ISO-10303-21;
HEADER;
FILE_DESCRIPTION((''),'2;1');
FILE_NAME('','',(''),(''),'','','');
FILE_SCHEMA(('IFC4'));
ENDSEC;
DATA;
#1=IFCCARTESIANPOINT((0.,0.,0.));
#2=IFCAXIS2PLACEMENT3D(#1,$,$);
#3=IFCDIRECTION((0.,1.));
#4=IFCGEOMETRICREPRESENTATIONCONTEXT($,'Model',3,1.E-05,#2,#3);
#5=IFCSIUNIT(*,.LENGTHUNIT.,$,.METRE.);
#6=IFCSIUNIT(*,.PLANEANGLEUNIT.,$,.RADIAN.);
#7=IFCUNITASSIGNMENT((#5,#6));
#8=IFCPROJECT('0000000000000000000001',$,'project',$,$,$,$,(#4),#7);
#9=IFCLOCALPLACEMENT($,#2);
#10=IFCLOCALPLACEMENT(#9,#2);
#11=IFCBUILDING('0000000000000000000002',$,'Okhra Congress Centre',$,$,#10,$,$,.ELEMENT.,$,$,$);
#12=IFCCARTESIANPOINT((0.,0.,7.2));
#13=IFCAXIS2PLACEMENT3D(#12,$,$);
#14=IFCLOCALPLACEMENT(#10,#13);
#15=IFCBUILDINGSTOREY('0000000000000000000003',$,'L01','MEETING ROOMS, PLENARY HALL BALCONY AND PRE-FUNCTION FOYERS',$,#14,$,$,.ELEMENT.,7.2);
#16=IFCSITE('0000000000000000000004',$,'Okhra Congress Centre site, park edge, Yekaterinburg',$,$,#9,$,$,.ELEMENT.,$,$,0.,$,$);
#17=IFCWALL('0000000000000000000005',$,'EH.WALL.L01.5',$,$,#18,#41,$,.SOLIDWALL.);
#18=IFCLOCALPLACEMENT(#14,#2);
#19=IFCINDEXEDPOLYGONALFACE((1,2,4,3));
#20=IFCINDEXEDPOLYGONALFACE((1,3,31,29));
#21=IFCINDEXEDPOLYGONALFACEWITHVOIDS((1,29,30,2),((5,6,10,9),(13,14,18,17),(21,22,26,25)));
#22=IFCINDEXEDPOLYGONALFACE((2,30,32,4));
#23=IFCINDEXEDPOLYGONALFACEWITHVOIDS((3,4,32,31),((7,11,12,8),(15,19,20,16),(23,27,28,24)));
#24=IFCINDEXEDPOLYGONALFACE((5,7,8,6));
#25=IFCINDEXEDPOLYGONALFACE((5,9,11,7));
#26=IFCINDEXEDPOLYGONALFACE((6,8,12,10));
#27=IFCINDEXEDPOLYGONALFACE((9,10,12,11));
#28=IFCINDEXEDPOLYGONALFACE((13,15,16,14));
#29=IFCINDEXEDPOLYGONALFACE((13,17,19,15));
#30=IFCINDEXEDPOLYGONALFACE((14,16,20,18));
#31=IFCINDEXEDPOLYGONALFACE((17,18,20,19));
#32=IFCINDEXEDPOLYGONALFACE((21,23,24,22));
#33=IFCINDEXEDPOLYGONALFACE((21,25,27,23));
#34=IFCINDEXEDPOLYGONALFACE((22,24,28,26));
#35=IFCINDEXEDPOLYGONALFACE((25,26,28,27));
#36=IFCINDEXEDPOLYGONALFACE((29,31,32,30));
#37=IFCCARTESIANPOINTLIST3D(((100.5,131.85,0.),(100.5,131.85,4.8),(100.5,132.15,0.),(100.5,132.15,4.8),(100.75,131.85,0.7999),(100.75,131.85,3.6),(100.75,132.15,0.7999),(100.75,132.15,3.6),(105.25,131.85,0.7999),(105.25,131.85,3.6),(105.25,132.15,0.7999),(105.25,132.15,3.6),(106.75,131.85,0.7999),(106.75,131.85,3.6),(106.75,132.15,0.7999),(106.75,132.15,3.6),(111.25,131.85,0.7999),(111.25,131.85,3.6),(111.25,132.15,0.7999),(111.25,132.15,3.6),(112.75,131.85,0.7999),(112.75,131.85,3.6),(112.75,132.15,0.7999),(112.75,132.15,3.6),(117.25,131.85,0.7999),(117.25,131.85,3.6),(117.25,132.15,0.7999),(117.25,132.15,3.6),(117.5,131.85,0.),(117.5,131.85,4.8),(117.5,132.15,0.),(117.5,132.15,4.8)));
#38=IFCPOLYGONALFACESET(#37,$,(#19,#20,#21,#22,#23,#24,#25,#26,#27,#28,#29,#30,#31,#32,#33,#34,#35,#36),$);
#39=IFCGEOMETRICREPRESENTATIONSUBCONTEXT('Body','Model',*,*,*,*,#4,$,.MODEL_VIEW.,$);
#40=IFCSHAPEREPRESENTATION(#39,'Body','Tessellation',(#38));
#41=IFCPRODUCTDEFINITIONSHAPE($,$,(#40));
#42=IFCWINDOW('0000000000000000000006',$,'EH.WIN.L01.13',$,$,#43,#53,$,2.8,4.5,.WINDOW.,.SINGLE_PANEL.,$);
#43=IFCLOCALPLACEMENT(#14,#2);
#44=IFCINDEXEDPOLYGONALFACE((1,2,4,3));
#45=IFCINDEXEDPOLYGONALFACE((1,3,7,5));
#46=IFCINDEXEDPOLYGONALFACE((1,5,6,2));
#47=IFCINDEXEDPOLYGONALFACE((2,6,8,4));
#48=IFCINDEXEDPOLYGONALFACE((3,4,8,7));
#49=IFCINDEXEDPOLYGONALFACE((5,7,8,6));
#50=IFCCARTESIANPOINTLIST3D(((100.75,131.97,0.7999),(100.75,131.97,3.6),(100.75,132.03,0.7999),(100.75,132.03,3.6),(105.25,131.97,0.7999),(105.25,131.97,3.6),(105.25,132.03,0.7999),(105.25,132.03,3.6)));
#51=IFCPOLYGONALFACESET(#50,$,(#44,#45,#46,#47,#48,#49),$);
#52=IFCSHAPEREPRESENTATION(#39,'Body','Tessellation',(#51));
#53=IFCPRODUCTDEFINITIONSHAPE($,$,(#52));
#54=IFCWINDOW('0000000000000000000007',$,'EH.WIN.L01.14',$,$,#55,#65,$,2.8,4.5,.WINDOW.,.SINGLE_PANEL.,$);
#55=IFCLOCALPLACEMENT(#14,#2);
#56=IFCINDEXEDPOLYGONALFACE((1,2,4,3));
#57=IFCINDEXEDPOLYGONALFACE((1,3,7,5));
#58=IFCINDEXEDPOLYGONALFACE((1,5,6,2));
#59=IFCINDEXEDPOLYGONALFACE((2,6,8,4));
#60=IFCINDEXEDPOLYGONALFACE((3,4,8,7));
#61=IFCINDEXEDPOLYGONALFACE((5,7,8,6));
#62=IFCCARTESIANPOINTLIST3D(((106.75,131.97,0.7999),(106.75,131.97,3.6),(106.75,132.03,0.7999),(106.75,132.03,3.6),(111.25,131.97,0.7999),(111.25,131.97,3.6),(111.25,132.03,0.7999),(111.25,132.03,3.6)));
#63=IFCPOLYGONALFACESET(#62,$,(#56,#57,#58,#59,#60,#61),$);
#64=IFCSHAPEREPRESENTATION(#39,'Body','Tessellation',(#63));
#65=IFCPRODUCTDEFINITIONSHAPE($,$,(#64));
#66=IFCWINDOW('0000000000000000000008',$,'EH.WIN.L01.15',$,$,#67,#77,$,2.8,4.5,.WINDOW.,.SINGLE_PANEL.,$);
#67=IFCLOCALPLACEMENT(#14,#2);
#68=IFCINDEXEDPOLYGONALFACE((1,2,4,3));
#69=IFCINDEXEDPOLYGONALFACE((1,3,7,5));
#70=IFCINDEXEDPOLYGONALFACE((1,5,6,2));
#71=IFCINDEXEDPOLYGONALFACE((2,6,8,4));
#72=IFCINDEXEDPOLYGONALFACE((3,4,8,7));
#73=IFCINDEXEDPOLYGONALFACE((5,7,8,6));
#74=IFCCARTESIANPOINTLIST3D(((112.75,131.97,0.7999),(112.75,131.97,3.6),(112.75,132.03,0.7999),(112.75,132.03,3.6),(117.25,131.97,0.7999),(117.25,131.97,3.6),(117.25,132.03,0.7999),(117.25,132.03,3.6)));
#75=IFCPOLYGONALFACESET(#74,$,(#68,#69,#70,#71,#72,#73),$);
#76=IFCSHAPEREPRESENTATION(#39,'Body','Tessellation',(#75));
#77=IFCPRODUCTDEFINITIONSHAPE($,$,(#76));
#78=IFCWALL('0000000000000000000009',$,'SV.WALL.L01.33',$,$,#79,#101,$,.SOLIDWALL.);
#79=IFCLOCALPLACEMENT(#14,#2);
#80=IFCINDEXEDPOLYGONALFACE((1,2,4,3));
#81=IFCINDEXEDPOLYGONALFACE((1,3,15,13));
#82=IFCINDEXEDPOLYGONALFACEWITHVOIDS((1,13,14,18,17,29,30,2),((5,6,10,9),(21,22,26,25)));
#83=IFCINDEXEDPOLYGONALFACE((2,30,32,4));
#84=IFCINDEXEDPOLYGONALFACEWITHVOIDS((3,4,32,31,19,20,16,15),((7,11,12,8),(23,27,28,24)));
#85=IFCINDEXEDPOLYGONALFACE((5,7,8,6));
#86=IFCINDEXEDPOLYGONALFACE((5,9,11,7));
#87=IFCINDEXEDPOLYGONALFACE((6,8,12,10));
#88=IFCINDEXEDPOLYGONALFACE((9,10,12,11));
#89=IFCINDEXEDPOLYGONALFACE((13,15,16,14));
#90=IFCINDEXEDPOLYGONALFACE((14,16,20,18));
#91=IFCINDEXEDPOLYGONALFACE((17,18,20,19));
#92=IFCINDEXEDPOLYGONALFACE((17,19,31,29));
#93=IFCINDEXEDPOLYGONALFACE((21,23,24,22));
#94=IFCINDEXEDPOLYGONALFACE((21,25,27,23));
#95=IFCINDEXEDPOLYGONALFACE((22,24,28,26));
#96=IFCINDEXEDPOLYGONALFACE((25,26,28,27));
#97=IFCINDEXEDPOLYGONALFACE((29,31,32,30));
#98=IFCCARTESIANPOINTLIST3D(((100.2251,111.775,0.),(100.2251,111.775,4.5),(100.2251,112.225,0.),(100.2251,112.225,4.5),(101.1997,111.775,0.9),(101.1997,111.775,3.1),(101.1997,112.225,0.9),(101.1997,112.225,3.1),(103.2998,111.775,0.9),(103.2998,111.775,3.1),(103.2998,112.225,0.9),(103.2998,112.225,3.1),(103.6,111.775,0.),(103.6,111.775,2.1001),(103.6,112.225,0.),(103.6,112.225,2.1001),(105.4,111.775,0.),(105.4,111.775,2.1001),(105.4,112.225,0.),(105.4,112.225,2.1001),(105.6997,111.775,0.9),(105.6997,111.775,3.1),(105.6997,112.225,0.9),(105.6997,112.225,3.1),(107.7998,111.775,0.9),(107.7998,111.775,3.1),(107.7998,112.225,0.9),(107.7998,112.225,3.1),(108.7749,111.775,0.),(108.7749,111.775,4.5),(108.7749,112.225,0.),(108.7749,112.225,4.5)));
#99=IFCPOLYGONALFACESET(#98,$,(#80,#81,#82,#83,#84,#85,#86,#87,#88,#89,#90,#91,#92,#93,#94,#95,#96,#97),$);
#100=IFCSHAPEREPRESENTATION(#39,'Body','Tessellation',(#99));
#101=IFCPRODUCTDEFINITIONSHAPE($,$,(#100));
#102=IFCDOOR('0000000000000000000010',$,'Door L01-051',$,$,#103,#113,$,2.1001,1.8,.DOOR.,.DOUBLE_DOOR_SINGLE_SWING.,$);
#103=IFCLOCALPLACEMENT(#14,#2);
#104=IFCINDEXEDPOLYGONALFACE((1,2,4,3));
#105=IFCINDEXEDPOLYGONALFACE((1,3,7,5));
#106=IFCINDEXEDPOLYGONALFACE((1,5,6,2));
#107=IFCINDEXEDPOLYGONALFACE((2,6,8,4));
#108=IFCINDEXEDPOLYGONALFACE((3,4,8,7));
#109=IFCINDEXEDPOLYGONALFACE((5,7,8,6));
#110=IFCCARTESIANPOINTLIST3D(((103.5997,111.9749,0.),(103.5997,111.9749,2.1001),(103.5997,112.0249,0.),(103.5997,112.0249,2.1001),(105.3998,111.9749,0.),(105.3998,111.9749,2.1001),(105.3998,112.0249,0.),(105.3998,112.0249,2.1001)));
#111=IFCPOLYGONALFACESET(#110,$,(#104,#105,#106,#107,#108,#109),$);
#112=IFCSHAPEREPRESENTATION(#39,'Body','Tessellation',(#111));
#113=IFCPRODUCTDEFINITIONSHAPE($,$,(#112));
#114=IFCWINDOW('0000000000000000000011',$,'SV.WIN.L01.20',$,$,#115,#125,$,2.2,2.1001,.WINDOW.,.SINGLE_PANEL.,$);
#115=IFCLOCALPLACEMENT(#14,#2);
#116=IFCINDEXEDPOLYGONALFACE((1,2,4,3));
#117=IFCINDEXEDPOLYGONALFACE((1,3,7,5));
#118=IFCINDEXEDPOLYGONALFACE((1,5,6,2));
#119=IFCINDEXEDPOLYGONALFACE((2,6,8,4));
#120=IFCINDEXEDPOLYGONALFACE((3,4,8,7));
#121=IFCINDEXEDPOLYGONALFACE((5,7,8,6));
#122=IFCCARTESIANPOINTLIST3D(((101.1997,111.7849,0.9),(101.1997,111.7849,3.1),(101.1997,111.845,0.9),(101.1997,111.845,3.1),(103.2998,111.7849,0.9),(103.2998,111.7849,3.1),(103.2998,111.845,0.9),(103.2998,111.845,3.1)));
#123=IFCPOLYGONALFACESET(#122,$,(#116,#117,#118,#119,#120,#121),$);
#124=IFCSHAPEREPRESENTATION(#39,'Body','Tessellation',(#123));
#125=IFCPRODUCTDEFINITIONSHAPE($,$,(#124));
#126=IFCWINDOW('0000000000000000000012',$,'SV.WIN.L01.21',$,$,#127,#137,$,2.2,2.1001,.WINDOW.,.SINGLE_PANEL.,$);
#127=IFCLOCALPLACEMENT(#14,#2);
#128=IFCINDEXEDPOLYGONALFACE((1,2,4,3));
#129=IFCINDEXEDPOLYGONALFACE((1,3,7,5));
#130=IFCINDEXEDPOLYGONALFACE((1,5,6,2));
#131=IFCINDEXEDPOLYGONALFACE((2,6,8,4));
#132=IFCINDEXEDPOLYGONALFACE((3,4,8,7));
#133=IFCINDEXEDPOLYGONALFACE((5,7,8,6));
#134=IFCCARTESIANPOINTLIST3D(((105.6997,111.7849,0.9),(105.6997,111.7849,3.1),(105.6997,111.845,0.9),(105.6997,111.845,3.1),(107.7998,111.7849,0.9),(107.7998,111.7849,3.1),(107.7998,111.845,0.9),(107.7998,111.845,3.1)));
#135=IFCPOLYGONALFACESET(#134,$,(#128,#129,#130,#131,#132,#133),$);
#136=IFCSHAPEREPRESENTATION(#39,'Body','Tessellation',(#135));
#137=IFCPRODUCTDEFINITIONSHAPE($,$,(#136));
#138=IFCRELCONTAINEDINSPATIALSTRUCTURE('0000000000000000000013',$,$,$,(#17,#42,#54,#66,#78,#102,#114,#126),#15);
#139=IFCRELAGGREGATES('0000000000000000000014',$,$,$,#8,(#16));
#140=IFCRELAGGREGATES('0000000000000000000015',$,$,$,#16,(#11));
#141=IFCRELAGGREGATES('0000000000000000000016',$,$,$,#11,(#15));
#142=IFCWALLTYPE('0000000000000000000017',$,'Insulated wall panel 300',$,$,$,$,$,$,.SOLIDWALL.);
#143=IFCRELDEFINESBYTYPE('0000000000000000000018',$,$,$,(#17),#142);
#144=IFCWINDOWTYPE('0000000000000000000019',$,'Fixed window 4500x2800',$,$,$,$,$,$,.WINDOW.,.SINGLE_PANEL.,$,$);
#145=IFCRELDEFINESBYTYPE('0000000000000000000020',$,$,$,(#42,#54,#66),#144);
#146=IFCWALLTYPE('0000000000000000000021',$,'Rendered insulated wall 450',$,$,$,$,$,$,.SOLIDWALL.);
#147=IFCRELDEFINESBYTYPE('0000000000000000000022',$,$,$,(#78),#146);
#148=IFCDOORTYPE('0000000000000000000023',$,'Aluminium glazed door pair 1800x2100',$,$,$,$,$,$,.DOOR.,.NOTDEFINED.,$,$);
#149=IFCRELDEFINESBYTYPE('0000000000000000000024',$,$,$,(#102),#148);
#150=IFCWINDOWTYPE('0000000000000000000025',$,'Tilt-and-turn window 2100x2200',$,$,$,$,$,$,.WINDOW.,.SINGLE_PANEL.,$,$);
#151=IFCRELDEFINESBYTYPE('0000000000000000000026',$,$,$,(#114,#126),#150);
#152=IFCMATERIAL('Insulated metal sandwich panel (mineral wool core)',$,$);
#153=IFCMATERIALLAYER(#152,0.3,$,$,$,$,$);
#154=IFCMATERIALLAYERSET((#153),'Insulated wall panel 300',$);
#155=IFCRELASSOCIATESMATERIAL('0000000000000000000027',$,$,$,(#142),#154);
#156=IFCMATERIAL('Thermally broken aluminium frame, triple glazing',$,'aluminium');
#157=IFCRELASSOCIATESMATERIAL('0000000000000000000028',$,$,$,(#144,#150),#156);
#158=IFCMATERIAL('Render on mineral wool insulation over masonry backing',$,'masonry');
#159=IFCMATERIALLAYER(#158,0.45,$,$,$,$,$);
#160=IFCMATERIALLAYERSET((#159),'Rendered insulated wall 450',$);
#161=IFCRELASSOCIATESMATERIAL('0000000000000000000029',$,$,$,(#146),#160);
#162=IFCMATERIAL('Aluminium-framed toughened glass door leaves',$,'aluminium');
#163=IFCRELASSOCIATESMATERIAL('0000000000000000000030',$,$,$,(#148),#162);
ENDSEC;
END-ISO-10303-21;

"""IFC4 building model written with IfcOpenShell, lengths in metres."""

from ifc_helpers import new_model, si_unit, direction, frame, frame_2d, origin, place, context, subcontext, project, spatial, rectangle, extrude, material, layer, layer_set, type_object, element, fill, save


model = new_model("IFC4")

# Units and contexts
model_context = context("Model", 3, precision=1e-05, world=origin(), true_north=direction((0.0, 1.0)))
body_context = subcontext(model_context, "Body", "Model", "MODEL_VIEW")
ifc_project = project(units=[si_unit("LENGTHUNIT", "METRE"), si_unit("PLANEANGLEUNIT", "RADIAN")], contexts=[model_context])

# Site, building, storey
site_placement = place(None, origin())
site = spatial("IfcSite", under=ifc_project, at=site_placement, Name="Okhra Congress Centre site, park edge, Yekaterinburg", CompositionType="ELEMENT", RefElevation=0.0)
building_placement = place(site_placement, origin())
building = spatial("IfcBuilding", under=site, at=building_placement, Name="Okhra Congress Centre", CompositionType="ELEMENT")
storey_placement = place(building_placement, frame((0.0, 0.0, 7.2)))
storey = spatial("IfcBuildingStorey", under=building, at=storey_placement, Name="L01", Description="MEETING ROOMS, PLENARY HALL BALCONY AND PRE-FUNCTION FOYERS", CompositionType="ELEMENT", Elevation=7.2)

# Wall, openings, windows
ifc_material_1 = material(Name="Insulated metal sandwich panel (mineral wool core)")
ifc_layer_1 = layer(ifc_material_1, 0.3)
ifc_layer_set_1 = layer_set([ifc_layer_1], Name="Insulated wall panel 300")
wall_type_1 = type_object("IfcWallType", Name="Insulated wall panel 300", PredefinedType="SOLIDWALL", material=ifc_layer_set_1)
wall_1_placement = place(storey_placement, frame((100.5, 132.0, 0.0), z_axis=(0.0, 0.0, 1.0), x_axis=(1.0, 0.0, 0.0)))
wall_1 = element("IfcWall", 1, at=wall_1_placement, inside=storey, type_object=wall_type_1, Name="EH.WALL.L01.5", PredefinedType="SOLIDWALL", context=body_context, shape_type="SweptSolid", body=[
    extrude(rectangle(XDim=17.0, YDim=0.3, at=frame_2d((8.5, 0.0))), origin(), (0.0, 0.0, 1.0), 4.8),
])
opening_1_placement = place(wall_1_placement, frame((0.25, 0.0, 0.8)))
opening_1 = element("IfcOpeningElement", 2, at=opening_1_placement, cuts=wall_1, PredefinedType="OPENING", context=body_context, shape_type="SweptSolid", body=[
    extrude(rectangle(XDim=4.5, YDim=2.8, at=frame_2d((2.25, 1.3999))), frame((0.0, 0.1599, 0.0), z_axis=(0.0, -1.0, 0.0), x_axis=(1.0, 0.0, 0.0)), (0.0, 0.0, 1.0), 0.3201),
])
opening_2_placement = place(wall_1_placement, frame((6.25, 0.0, 0.8)))
opening_2 = element("IfcOpeningElement", 3, at=opening_2_placement, cuts=wall_1, PredefinedType="OPENING", context=body_context, shape_type="SweptSolid", body=[
    extrude(rectangle(XDim=4.5, YDim=2.8, at=frame_2d((2.25, 1.3999))), frame((0.0, 0.1599, 0.0), z_axis=(0.0, -1.0, 0.0), x_axis=(1.0, 0.0, 0.0)), (0.0, 0.0, 1.0), 0.3201),
])
opening_3_placement = place(wall_1_placement, frame((12.25, 0.0, 0.8)))
opening_3 = element("IfcOpeningElement", 4, at=opening_3_placement, cuts=wall_1, PredefinedType="OPENING", context=body_context, shape_type="SweptSolid", body=[
    extrude(rectangle(XDim=4.5, YDim=2.8, at=frame_2d((2.25, 1.3999))), frame((0.0, 0.1599, 0.0), z_axis=(0.0, -1.0, 0.0), x_axis=(1.0, 0.0, 0.0)), (0.0, 0.0, 1.0), 0.3201),
])
ifc_material_2 = material(Name="Thermally broken aluminium frame, triple glazing", Category="aluminium")
window_type_1 = type_object("IfcWindowType", Name="Fixed window 4500x2800", PartitioningType="SINGLE_PANEL", PredefinedType="WINDOW", material=ifc_material_2)
window_1_placement = place(opening_1_placement, origin())
window_1 = element("IfcWindow", 5, at=window_1_placement, inside=storey, type_object=window_type_1, Name="EH.WIN.L01.13", OverallHeight=2.8, OverallWidth=4.5, PartitioningType="SINGLE_PANEL", PredefinedType="WINDOW", context=body_context, shape_type="SweptSolid", body=[
    extrude(rectangle(XDim=4.5, YDim=2.8, at=frame_2d((2.25, 1.3999))), frame((0.0, 0.03, 0.0), z_axis=(0.0, -1.0, 0.0), x_axis=(1.0, 0.0, 0.0)), (0.0, 0.0, 1.0), 0.0601),
])
fill(opening_1, window_1)
window_2_placement = place(opening_2_placement, origin())
window_2 = element("IfcWindow", 6, at=window_2_placement, inside=storey, type_object=window_type_1, Name="EH.WIN.L01.14", OverallHeight=2.8, OverallWidth=4.5, PartitioningType="SINGLE_PANEL", PredefinedType="WINDOW", context=body_context, shape_type="SweptSolid", body=[
    extrude(rectangle(XDim=4.5, YDim=2.8, at=frame_2d((2.25, 1.3999))), frame((0.0, 0.03, 0.0), z_axis=(0.0, -1.0, 0.0), x_axis=(1.0, 0.0, 0.0)), (0.0, 0.0, 1.0), 0.0601),
])
fill(opening_2, window_2)
window_3_placement = place(opening_3_placement, origin())
window_3 = element("IfcWindow", 7, at=window_3_placement, inside=storey, type_object=window_type_1, Name="EH.WIN.L01.15", OverallHeight=2.8, OverallWidth=4.5, PartitioningType="SINGLE_PANEL", PredefinedType="WINDOW", context=body_context, shape_type="SweptSolid", body=[
    extrude(rectangle(XDim=4.5, YDim=2.8, at=frame_2d((2.25, 1.3999))), frame((0.0, 0.03, 0.0), z_axis=(0.0, -1.0, 0.0), x_axis=(1.0, 0.0, 0.0)), (0.0, 0.0, 1.0), 0.0601),
])
fill(opening_3, window_3)

# Wall, openings, door, windows
ifc_material_3 = material(Name="Render on mineral wool insulation over masonry backing", Category="masonry")
ifc_layer_2 = layer(ifc_material_3, 0.45)
ifc_layer_set_2 = layer_set([ifc_layer_2], Name="Rendered insulated wall 450")
wall_type_2 = type_object("IfcWallType", Name="Rendered insulated wall 450", PredefinedType="SOLIDWALL", material=ifc_layer_set_2)
wall_2_placement = place(storey_placement, frame((108.7749, 112.0, 0.0), z_axis=(0.0, 0.0, 1.0), x_axis=(-1.0, 0.0, 0.0)))
wall_2 = element("IfcWall", 8, at=wall_2_placement, inside=storey, type_object=wall_type_2, Name="SV.WALL.L01.33", PredefinedType="SOLIDWALL", context=body_context, shape_type="SweptSolid", body=[
    extrude(rectangle(XDim=8.5498, YDim=0.45, at=frame_2d((4.2749, 0.0))), origin(), (0.0, 0.0, 1.0), 4.5),
])
opening_4_placement = place(wall_2_placement, frame((3.375, 0.0, 0.0)))
opening_4 = element("IfcOpeningElement", 9, at=opening_4_placement, cuts=wall_2, PredefinedType="OPENING", context=body_context, shape_type="SweptSolid", body=[
    extrude(rectangle(XDim=1.8, YDim=2.1001, at=frame_2d((0.8999, 1.05))), frame((0.0, 0.2349, 0.0), z_axis=(0.0, -1.0, 0.0), x_axis=(1.0, 0.0, 0.0)), (0.0, 0.0, 1.0), 0.47),
])
opening_5_placement = place(wall_2_placement, frame((5.4751, 0.0, 0.8999)))
opening_5 = element("IfcOpeningElement", 10, at=opening_5_placement, cuts=wall_2, PredefinedType="OPENING", context=body_context, shape_type="SweptSolid", body=[
    extrude(rectangle(XDim=2.1001, YDim=2.2, at=frame_2d((1.05, 1.1001))), frame((0.0, 0.2349, 0.0), z_axis=(0.0, -1.0, 0.0), x_axis=(1.0, 0.0, 0.0)), (0.0, 0.0, 1.0), 0.47),
])
opening_6_placement = place(wall_2_placement, frame((0.9751, 0.0, 0.8999)))
opening_6 = element("IfcOpeningElement", 11, at=opening_6_placement, cuts=wall_2, PredefinedType="OPENING", context=body_context, shape_type="SweptSolid", body=[
    extrude(rectangle(XDim=2.1001, YDim=2.2, at=frame_2d((1.05, 1.1001))), frame((0.0, 0.2349, 0.0), z_axis=(0.0, -1.0, 0.0), x_axis=(1.0, 0.0, 0.0)), (0.0, 0.0, 1.0), 0.47),
])
ifc_material_4 = material(Name="Aluminium-framed toughened glass door leaves", Category="aluminium")
door_type = type_object("IfcDoorType", Name="Aluminium glazed door pair 1800x2100", OperationType="NOTDEFINED", PredefinedType="DOOR", material=ifc_material_4)
door_placement = place(opening_4_placement, frame((1.8, 0.0, 0.0), z_axis=(0.0, 0.0, 1.0), x_axis=(-1.0, 0.0, 0.0)))
door = element("IfcDoor", 12, at=door_placement, inside=storey, type_object=door_type, Name="Door L01-051", OperationType="DOUBLE_DOOR_SINGLE_SWING", OverallHeight=2.1001, OverallWidth=1.8, PredefinedType="DOOR", context=body_context, shape_type="SweptSolid", body=[
    extrude(rectangle(XDim=1.8, YDim=2.1001, at=frame_2d((0.8999, 1.05))), frame((0.0, 0.0249, 0.0), z_axis=(0.0, -1.0, 0.0), x_axis=(1.0, 0.0, 0.0)), (0.0, 0.0, 1.0), 0.05),
])
fill(opening_4, door)
window_type_2 = type_object("IfcWindowType", Name="Tilt-and-turn window 2100x2200", PartitioningType="SINGLE_PANEL", PredefinedType="WINDOW", material=ifc_material_2)
window_4_placement = place(opening_5_placement, origin())
window_4 = element("IfcWindow", 13, at=window_4_placement, inside=storey, type_object=window_type_2, Name="SV.WIN.L01.20", OverallHeight=2.2, OverallWidth=2.1001, PartitioningType="SINGLE_PANEL", PredefinedType="WINDOW", context=body_context, shape_type="SweptSolid", body=[
    extrude(rectangle(XDim=2.1001, YDim=2.2, at=frame_2d((1.05, 1.1001))), frame((0.0, 0.2151, 0.0), z_axis=(0.0, -1.0, 0.0), x_axis=(1.0, 0.0, 0.0)), (0.0, 0.0, 1.0), 0.0601),
])
fill(opening_5, window_4)
window_5_placement = place(opening_6_placement, origin())
window_5 = element("IfcWindow", 14, at=window_5_placement, inside=storey, type_object=window_type_2, Name="SV.WIN.L01.21", OverallHeight=2.2, OverallWidth=2.1001, PartitioningType="SINGLE_PANEL", PredefinedType="WINDOW", context=body_context, shape_type="SweptSolid", body=[
    extrude(rectangle(XDim=2.1001, YDim=2.2, at=frame_2d((1.05, 1.1001))), frame((0.0, 0.2151, 0.0), z_axis=(0.0, -1.0, 0.0), x_axis=(1.0, 0.0, 0.0)), (0.0, 0.0, 1.0), 0.0601),
])
fill(opening_6, window_5)

save(model, "model.ifc")
